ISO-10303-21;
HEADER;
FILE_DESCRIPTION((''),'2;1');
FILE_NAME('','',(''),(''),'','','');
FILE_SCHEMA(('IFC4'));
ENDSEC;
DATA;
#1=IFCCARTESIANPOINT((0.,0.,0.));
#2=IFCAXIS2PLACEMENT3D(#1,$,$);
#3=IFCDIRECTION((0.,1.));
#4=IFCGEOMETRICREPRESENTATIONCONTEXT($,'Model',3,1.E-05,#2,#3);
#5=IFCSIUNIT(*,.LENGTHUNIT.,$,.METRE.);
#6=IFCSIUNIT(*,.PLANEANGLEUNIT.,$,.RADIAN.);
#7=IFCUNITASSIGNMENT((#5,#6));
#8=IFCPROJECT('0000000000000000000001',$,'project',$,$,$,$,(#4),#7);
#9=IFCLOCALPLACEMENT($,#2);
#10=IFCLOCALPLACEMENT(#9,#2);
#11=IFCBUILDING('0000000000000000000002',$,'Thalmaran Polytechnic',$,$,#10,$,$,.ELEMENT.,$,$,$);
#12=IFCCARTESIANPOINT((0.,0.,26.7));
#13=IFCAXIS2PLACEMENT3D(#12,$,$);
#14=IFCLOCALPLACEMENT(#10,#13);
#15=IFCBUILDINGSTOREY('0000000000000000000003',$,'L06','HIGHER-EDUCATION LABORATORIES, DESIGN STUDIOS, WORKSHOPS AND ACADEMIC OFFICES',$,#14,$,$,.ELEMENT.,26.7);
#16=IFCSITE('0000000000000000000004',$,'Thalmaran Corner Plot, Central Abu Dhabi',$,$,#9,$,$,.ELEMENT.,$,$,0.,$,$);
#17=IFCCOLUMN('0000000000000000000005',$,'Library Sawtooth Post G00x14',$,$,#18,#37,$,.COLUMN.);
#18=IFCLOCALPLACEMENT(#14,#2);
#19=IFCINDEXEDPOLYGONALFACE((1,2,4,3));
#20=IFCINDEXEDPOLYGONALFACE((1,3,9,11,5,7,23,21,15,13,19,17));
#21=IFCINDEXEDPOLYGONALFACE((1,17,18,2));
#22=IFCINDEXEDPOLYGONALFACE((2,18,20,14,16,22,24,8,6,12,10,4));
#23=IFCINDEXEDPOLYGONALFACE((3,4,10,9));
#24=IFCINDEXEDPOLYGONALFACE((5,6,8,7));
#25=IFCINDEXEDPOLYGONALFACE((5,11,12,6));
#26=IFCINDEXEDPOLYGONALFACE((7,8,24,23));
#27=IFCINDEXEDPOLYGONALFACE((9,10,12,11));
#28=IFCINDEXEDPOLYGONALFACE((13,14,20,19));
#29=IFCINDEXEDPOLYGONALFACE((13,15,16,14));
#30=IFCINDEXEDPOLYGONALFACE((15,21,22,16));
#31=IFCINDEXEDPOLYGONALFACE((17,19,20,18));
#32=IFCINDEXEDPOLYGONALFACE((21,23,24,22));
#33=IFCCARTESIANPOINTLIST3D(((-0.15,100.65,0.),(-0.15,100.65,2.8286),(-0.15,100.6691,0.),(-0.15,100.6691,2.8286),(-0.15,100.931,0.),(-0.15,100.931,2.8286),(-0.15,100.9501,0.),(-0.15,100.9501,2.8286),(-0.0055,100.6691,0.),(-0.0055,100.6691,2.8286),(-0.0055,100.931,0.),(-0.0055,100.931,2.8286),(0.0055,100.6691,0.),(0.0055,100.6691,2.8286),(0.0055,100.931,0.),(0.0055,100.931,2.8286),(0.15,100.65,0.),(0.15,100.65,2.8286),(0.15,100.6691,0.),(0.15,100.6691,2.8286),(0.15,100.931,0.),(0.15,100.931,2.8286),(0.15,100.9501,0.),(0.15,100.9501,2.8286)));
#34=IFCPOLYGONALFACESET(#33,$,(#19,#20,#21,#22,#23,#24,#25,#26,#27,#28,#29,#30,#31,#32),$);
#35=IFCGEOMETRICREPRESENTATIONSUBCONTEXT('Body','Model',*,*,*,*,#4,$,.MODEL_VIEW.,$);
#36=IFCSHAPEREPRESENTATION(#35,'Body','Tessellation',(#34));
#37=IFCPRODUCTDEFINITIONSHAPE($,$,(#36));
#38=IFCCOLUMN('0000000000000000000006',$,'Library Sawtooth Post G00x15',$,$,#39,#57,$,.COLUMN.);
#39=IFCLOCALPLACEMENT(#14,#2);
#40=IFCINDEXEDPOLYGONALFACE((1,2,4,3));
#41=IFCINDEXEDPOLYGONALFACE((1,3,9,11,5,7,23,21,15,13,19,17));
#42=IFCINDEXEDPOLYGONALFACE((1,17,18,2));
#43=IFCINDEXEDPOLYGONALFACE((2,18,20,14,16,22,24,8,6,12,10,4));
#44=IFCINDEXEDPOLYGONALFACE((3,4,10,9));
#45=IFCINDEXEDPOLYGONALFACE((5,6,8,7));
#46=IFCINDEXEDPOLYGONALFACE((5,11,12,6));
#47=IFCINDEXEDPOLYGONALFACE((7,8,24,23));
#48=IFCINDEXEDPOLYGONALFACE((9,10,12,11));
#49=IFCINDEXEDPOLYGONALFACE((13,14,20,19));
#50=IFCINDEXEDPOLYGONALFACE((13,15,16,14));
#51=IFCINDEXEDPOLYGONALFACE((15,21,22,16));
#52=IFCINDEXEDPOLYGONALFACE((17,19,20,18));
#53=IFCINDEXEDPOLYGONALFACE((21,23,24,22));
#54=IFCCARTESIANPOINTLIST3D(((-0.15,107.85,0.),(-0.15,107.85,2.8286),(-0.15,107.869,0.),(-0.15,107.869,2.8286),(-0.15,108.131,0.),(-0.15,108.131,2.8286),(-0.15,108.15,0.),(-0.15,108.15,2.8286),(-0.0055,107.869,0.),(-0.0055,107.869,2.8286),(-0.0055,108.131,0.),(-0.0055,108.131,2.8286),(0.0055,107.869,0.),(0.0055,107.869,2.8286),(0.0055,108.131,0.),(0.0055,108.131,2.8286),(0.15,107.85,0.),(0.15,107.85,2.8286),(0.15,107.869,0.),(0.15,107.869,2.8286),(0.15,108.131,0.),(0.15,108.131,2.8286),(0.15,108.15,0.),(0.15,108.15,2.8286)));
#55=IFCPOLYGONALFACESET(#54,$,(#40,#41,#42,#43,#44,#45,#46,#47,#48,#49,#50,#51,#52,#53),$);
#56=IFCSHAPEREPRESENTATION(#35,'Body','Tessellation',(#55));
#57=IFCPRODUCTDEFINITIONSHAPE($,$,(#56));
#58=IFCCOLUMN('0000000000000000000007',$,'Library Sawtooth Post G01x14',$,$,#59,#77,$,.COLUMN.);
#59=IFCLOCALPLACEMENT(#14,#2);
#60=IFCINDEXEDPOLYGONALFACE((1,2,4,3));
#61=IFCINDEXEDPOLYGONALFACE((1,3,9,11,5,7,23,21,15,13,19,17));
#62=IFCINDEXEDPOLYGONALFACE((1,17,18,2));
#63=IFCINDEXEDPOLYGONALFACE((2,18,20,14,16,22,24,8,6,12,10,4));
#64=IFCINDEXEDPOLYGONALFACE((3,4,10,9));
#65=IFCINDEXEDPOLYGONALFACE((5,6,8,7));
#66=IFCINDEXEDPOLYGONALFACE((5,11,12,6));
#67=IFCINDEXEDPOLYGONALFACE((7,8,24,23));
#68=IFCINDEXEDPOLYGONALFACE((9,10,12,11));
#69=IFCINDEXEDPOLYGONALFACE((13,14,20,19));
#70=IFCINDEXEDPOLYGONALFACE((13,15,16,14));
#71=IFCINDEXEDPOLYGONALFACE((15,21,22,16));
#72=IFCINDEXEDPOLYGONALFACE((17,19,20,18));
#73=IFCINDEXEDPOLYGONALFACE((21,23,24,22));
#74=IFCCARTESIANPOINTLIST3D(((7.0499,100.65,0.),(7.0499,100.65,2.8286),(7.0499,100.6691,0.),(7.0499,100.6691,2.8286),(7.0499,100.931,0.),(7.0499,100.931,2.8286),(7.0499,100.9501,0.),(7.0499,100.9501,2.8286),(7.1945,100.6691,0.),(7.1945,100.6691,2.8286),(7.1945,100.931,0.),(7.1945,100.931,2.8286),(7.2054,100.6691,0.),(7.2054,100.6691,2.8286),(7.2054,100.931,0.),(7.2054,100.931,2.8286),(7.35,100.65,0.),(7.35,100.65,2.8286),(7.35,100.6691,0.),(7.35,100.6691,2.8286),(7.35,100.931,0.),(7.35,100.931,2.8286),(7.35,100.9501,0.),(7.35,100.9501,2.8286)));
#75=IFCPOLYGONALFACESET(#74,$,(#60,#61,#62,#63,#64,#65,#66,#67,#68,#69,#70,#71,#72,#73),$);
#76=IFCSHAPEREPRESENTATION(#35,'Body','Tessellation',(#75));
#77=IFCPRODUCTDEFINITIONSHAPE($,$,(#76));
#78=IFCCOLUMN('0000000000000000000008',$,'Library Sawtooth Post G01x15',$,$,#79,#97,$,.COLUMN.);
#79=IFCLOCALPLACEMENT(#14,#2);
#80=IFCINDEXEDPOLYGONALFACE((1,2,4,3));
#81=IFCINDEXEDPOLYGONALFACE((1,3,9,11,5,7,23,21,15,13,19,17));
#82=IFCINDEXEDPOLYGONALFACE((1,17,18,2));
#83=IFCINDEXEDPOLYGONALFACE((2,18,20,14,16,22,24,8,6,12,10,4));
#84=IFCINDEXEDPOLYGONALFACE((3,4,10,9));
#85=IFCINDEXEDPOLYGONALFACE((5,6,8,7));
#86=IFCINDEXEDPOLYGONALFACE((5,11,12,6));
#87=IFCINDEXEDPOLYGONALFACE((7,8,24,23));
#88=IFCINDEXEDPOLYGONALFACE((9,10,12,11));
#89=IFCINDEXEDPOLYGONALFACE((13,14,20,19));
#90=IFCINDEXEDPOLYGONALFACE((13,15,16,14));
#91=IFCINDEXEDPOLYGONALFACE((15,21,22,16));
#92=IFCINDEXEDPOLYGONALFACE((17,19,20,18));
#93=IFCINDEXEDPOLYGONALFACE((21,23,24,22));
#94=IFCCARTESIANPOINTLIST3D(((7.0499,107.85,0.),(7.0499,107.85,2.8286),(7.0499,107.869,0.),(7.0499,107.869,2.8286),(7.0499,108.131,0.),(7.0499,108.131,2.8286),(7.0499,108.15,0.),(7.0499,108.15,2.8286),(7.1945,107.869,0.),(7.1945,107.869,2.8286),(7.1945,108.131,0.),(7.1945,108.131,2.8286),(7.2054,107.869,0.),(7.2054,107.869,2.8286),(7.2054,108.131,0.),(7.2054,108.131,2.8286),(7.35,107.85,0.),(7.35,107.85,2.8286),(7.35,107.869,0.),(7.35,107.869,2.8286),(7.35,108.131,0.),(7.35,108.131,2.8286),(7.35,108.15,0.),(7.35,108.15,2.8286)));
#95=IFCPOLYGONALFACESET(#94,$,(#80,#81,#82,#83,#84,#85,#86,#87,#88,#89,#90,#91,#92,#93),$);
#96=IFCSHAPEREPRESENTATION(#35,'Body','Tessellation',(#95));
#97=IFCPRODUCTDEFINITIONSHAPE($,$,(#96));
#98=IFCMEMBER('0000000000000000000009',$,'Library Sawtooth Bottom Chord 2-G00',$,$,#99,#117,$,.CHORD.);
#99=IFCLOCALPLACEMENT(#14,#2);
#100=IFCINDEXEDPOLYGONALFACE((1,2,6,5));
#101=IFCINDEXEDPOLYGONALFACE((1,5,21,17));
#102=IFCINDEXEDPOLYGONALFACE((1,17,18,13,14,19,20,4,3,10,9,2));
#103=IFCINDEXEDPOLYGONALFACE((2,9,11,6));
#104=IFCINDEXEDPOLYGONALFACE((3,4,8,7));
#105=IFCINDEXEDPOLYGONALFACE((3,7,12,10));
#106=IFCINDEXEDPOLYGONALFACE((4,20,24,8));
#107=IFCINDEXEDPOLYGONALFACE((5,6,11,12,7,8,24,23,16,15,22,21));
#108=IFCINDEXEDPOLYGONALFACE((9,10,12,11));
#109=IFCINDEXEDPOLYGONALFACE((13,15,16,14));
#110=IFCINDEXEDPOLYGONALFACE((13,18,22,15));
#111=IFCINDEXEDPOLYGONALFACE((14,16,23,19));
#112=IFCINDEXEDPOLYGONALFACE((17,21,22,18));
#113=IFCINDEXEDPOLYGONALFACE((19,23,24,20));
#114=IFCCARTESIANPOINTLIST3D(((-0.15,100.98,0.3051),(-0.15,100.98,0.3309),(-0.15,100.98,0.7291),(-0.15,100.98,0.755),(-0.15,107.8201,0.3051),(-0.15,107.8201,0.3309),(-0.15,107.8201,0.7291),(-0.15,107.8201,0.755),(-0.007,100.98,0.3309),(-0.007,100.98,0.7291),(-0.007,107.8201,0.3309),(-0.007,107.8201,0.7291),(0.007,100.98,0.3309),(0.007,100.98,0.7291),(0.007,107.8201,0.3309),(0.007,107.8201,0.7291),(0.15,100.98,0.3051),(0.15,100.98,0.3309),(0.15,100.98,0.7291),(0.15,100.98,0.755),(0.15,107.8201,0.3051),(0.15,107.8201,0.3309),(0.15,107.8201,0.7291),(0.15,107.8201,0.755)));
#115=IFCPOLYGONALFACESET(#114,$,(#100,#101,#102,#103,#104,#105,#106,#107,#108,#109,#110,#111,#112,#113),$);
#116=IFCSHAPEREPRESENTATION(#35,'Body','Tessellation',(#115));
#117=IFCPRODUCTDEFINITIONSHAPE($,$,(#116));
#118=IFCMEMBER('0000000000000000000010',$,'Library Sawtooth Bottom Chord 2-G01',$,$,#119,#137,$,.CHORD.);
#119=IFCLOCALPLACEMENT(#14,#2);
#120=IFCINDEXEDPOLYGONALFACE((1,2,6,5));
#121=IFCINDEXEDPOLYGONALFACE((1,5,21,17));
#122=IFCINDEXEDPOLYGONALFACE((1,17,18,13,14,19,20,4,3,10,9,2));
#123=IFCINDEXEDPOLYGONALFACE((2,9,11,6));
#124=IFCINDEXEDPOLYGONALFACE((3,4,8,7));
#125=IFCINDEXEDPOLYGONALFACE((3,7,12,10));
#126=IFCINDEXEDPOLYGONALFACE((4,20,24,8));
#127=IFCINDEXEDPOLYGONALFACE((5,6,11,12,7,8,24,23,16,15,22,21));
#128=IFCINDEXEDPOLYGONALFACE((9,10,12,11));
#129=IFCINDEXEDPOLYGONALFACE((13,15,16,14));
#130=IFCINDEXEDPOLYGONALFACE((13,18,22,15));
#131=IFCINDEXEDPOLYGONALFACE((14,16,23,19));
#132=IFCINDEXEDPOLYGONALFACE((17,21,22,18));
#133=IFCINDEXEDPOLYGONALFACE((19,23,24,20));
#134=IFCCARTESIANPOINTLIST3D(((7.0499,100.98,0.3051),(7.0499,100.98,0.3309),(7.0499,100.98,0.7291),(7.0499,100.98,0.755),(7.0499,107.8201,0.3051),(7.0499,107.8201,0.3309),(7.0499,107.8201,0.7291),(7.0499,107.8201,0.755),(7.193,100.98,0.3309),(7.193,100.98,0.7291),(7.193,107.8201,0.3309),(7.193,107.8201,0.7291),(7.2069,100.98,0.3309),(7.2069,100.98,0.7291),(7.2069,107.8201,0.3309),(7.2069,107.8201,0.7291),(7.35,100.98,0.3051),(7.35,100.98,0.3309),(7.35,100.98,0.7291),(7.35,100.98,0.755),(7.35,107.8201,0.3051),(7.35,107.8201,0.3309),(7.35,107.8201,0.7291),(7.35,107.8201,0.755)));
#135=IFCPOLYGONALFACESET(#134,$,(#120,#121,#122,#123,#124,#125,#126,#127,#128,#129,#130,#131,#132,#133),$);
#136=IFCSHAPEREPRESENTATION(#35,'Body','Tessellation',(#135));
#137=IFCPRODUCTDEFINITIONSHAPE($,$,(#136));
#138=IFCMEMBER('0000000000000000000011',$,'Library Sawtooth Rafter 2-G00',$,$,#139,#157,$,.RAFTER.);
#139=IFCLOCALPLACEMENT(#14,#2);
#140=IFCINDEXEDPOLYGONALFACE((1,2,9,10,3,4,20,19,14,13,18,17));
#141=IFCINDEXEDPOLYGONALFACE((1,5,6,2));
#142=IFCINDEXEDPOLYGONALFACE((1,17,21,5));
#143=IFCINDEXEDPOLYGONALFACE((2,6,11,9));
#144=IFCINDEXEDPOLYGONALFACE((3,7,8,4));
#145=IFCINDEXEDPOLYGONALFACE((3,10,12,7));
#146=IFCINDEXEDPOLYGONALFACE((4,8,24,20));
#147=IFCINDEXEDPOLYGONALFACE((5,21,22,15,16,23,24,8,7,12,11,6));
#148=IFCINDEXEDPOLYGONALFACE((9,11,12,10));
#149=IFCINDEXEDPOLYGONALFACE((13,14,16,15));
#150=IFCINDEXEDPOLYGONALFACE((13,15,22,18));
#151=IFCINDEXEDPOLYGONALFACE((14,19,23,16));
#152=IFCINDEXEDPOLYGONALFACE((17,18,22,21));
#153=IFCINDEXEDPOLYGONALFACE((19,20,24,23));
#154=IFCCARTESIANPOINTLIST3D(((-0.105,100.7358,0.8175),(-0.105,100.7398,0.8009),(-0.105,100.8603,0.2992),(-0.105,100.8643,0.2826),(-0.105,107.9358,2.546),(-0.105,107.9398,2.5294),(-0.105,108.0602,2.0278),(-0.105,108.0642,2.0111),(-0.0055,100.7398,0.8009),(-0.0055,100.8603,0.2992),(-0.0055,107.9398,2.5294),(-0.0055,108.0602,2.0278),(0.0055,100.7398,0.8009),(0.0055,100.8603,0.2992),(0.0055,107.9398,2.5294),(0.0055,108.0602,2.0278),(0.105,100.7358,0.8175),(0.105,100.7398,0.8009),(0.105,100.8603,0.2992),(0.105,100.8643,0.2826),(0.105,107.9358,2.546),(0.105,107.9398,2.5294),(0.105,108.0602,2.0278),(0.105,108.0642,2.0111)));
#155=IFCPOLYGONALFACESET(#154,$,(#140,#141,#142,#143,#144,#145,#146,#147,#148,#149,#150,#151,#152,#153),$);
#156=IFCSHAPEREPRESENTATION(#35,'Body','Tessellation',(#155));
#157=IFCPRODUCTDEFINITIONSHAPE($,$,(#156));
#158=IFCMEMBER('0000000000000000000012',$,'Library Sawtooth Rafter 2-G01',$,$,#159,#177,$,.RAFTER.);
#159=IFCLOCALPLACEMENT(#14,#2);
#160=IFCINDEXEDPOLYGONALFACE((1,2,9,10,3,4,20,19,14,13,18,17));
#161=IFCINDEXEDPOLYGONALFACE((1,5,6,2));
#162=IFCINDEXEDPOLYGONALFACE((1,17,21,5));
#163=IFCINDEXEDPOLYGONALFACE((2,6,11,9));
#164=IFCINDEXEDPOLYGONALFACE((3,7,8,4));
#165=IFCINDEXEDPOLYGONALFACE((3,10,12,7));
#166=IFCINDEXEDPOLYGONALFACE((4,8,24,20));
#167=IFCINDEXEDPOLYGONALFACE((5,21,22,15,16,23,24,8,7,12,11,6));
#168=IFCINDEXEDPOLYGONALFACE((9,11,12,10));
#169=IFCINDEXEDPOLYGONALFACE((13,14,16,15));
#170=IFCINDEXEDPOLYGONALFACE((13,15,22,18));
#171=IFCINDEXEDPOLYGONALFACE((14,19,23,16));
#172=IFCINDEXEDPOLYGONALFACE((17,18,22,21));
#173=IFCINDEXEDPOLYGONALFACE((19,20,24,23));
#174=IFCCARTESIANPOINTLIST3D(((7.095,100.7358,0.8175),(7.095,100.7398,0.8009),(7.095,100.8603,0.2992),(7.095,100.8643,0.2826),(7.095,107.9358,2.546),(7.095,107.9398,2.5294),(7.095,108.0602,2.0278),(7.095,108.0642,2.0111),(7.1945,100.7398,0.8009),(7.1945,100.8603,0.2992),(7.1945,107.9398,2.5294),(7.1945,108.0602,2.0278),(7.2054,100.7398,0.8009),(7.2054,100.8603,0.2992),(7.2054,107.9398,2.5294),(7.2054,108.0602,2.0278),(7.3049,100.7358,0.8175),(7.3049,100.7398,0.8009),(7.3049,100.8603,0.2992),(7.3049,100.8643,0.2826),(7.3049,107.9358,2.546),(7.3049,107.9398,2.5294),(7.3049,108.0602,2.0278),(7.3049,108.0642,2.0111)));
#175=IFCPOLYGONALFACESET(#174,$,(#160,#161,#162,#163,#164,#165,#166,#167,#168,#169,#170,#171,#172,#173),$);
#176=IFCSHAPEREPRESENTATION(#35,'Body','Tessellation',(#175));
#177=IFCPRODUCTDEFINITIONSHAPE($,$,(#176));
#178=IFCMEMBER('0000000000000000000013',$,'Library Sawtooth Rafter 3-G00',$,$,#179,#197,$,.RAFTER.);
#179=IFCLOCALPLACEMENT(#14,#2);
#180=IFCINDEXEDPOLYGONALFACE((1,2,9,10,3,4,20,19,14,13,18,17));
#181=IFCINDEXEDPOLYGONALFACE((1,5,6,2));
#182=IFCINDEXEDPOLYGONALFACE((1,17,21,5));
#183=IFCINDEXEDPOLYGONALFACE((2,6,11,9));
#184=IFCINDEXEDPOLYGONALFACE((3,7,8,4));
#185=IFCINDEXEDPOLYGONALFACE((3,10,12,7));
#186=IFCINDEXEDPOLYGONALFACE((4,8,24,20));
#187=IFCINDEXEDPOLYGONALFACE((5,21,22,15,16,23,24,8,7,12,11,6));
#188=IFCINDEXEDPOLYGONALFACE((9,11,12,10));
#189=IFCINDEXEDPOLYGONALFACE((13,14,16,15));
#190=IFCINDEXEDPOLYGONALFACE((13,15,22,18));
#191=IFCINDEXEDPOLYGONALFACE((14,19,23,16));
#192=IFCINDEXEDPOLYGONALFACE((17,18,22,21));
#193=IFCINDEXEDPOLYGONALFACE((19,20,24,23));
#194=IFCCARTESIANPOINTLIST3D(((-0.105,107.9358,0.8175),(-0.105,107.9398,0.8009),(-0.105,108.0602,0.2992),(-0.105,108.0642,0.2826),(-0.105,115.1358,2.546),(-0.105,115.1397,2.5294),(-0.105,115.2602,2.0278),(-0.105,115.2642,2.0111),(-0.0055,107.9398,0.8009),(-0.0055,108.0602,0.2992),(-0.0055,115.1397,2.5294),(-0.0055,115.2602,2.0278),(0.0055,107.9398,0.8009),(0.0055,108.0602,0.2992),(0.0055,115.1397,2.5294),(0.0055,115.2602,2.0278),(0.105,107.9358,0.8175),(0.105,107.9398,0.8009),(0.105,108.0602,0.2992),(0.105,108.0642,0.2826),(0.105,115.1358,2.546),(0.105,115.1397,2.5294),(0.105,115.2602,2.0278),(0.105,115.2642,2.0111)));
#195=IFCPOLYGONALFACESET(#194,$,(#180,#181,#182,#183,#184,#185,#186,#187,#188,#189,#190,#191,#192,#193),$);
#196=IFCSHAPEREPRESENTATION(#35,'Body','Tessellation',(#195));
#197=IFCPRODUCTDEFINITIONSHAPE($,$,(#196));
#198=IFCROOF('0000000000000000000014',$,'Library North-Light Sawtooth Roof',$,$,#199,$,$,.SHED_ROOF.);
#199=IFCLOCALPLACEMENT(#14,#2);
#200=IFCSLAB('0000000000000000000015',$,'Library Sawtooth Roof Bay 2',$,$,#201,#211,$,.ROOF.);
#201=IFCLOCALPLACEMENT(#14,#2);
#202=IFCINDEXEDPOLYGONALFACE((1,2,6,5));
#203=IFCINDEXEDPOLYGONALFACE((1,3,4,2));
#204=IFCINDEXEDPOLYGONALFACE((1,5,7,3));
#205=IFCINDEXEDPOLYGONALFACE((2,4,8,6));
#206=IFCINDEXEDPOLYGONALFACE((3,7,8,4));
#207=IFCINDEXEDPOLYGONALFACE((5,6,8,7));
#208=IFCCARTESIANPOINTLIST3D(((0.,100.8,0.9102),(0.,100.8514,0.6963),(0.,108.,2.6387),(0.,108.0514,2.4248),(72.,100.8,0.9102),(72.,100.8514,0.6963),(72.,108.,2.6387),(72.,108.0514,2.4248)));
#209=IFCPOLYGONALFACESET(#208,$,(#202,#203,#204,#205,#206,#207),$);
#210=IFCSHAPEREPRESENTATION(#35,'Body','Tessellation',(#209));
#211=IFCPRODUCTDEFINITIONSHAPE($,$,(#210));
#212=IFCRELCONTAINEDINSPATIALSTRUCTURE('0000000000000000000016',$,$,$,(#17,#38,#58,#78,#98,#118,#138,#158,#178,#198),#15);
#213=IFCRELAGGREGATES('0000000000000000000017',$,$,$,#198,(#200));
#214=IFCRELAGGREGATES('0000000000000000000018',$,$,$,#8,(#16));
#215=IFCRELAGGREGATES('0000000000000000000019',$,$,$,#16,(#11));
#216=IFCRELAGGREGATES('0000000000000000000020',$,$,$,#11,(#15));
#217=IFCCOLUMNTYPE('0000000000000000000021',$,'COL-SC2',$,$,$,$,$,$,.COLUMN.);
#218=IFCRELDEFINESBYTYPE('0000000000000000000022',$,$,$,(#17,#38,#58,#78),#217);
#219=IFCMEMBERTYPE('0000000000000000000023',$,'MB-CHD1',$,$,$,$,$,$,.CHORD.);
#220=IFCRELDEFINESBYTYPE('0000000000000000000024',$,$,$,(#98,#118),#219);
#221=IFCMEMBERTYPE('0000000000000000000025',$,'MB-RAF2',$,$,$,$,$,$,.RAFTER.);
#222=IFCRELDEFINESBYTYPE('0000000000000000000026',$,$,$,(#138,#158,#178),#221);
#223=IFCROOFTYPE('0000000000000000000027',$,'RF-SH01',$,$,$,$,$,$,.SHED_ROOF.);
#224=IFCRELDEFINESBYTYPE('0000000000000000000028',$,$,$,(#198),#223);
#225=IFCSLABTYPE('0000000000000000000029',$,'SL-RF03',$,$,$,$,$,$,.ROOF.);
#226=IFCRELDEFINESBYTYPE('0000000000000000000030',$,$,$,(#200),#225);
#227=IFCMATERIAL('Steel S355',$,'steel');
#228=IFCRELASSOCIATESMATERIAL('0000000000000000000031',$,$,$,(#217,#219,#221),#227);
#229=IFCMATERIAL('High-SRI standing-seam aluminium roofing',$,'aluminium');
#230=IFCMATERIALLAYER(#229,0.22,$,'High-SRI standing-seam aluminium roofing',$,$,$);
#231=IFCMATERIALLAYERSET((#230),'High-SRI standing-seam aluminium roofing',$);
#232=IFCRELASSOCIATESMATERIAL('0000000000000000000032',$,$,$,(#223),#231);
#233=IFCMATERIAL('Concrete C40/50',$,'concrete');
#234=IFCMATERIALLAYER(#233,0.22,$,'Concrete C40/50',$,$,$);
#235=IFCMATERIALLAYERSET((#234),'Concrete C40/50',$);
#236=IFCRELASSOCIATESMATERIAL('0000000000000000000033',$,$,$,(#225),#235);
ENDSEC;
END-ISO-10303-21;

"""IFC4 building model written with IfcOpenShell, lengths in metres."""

from ifc_helpers import new_model, si_unit, direction, frame, origin, origin_2d, place, context, subcontext, project, spatial, polyline, i_section, outline, extrude, material, layer, layer_set, material_profile, profile_set, type_object, element, aggregate, save


model = new_model("IFC4")

# Units and contexts
model_context = context("Model", 3, precision=1e-05, world=origin(), true_north=direction((0.0, 1.0)))
body_context = subcontext(model_context, "Body", "Model", "MODEL_VIEW")
ifc_project = project(units=[si_unit("LENGTHUNIT", "METRE"), si_unit("PLANEANGLEUNIT", "RADIAN")], contexts=[model_context])

# Site, building, storey
site_placement = place(None, origin())
site = spatial("IfcSite", under=ifc_project, at=site_placement, Name="Thalmaran Corner Plot, Central Abu Dhabi", CompositionType="ELEMENT", RefElevation=0.0)
building_placement = place(site_placement, origin())
building = spatial("IfcBuilding", under=site, at=building_placement, Name="Thalmaran Polytechnic", CompositionType="ELEMENT")
storey_placement = place(building_placement, frame((0.0, 0.0, 26.7)))
storey = spatial("IfcBuildingStorey", under=building, at=storey_placement, Name="L06", Description="HIGHER-EDUCATION LABORATORIES, DESIGN STUDIOS, WORKSHOPS AND ACADEMIC OFFICES", CompositionType="ELEMENT", Elevation=26.7)

# Columns
ifc_material_1 = material(Name="Steel S355", Category="steel")
ifc_material_profile_1 = material_profile(ifc_material_1, i_section(OverallWidth=0.3, OverallDepth=0.3, WebThickness=0.011, FlangeThickness=0.019, at=origin_2d()), Name="HEB 300")
ifc_profile_set_1 = profile_set([ifc_material_profile_1], Name="Steel S355")
column_type = type_object("IfcColumnType", Name="COL-SC2", PredefinedType="COLUMN", material=ifc_profile_set_1)
for number, where, z_axis, x_axis, name in (
    (1, (0.0, 100.8, 0.0), (0.0, 0.0, 1.0), (1.0, 0.0, 0.0), "Library Sawtooth Post G00x14"),
    (2, (0.0, 108.0, 0.0), (0.0, 0.0, 1.0), (1.0, 0.0, 0.0), "Library Sawtooth Post G00x15"),
    (3, (7.2, 100.8, 0.0), (0.0, 0.0, 1.0), (1.0, 0.0, 0.0), "Library Sawtooth Post G01x14"),
    (4, (7.2, 108.0, 0.0), (0.0, 0.0, 1.0), (1.0, 0.0, 0.0), "Library Sawtooth Post G01x15"),
):
    element("IfcColumn", number, at=place(storey_placement, frame(where, z_axis=z_axis, x_axis=x_axis)), inside=storey, type_object=column_type, Name=name, PredefinedType="COLUMN", context=body_context, shape_type="SweptSolid", body=[
        extrude(i_section(OverallWidth=0.3, OverallDepth=0.3, WebThickness=0.011, FlangeThickness=0.019, at=origin_2d()), origin(), (0.0, 0.0, 1.0), 2.8286),
    ])

# Members
ifc_material_profile_2 = material_profile(ifc_material_1, i_section(OverallWidth=0.3, OverallDepth=0.45, WebThickness=0.0139, FlangeThickness=0.0259, at=origin_2d()), Name="HEB 450")
ifc_profile_set_2 = profile_set([ifc_material_profile_2], Name="Steel S355")
member_type_1 = type_object("IfcMemberType", Name="MB-CHD1", PredefinedType="CHORD", material=ifc_profile_set_2)
for number, where, z_axis, x_axis, name in (
    (5, (0.0, 100.98, 0.53), (0.0, 1.0, 0.0), (-1.0, 0.0, 0.0), "Library Sawtooth Bottom Chord 2-G00"),
    (6, (7.2, 100.98, 0.53), (0.0, 1.0, 0.0), (-1.0, 0.0, 0.0), "Library Sawtooth Bottom Chord 2-G01"),
):
    element("IfcMember", number, at=place(storey_placement, frame(where, z_axis=z_axis, x_axis=x_axis)), inside=storey, type_object=member_type_1, Name=name, PredefinedType="CHORD", context=body_context, shape_type="SweptSolid", body=[
        extrude(i_section(OverallWidth=0.3, OverallDepth=0.45, WebThickness=0.0139, FlangeThickness=0.0259, at=origin_2d()), origin(), (0.0, 0.0, 1.0), 6.8401),
    ])
ifc_material_profile_3 = material_profile(ifc_material_1, i_section(OverallWidth=0.21, OverallDepth=0.55, WebThickness=0.011, FlangeThickness=0.0171, at=origin_2d()), Name="IPE 550")
ifc_profile_set_3 = profile_set([ifc_material_profile_3], Name="Steel S355")
member_type_2 = type_object("IfcMemberType", Name="MB-RAF2", PredefinedType="RAFTER", material=ifc_profile_set_3)
for number, where, z_axis, x_axis, name in (
    (7, (0.0, 100.8, 0.55), (0.0, 0.972371, 0.23344), (-1.0, 0.0, 0.0), "Library Sawtooth Rafter 2-G00"),
    (8, (7.2, 100.8, 0.55), (0.0, 0.972371, 0.23344), (-1.0, 0.0, 0.0), "Library Sawtooth Rafter 2-G01"),
    (9, (0.0, 108.0, 0.55), (0.0, 0.972371, 0.23344), (-1.0, 0.0, 0.0), "Library Sawtooth Rafter 3-G00"),
):
    element("IfcMember", number, at=place(storey_placement, frame(where, z_axis=z_axis, x_axis=x_axis)), inside=storey, type_object=member_type_2, Name=name, PredefinedType="RAFTER", context=body_context, shape_type="SweptSolid", body=[
        extrude(i_section(OverallWidth=0.21, OverallDepth=0.55, WebThickness=0.011, FlangeThickness=0.0171, at=origin_2d()), origin(), (0.0, 0.0, 1.0), 7.4045),
    ])

# Roof, slab
ifc_material_2 = material(Name="High-SRI standing-seam aluminium roofing", Category="aluminium")
ifc_layer_1 = layer(ifc_material_2, 0.22, Name="High-SRI standing-seam aluminium roofing")
ifc_layer_set_1 = layer_set([ifc_layer_1], Name="High-SRI standing-seam aluminium roofing")
roof_type = type_object("IfcRoofType", Name="RF-SH01", PredefinedType="SHED_ROOF", material=ifc_layer_set_1)
roof_placement = place(storey_placement, origin())
roof = element("IfcRoof", 10, at=roof_placement, inside=storey, type_object=roof_type, Name="Library North-Light Sawtooth Roof", PredefinedType="SHED_ROOF")
ifc_material_3 = material(Name="Concrete C40/50", Category="concrete")
ifc_layer_2 = layer(ifc_material_3, 0.22, Name="Concrete C40/50")
ifc_layer_set_2 = layer_set([ifc_layer_2], Name="Concrete C40/50")
slab_type = type_object("IfcSlabType", Name="SL-RF03", PredefinedType="ROOF", material=ifc_layer_set_2)
slab_1_placement = place(storey_placement, frame((0.0, 100.8, 0.9102), z_axis=(0.0, -0.23344, 0.972371), x_axis=(1.0, 0.0, 0.0)))
slab_1 = element("IfcSlab", 11, at=slab_1_placement, type_object=slab_type, Name="Library Sawtooth Roof Bay 2", PredefinedType="ROOF", context=body_context, shape_type="SweptSolid", body=[
    extrude(outline(polyline([(0.0, 0.0), (72.0, 0.0), (72.0, 7.4045), (0.0, 7.4045), (0.0, 0.0)])), origin(), (0.0, 0.0, -1.0), 0.22),
])
aggregate(roof, [slab_1])

save(model, "model.ifc")
